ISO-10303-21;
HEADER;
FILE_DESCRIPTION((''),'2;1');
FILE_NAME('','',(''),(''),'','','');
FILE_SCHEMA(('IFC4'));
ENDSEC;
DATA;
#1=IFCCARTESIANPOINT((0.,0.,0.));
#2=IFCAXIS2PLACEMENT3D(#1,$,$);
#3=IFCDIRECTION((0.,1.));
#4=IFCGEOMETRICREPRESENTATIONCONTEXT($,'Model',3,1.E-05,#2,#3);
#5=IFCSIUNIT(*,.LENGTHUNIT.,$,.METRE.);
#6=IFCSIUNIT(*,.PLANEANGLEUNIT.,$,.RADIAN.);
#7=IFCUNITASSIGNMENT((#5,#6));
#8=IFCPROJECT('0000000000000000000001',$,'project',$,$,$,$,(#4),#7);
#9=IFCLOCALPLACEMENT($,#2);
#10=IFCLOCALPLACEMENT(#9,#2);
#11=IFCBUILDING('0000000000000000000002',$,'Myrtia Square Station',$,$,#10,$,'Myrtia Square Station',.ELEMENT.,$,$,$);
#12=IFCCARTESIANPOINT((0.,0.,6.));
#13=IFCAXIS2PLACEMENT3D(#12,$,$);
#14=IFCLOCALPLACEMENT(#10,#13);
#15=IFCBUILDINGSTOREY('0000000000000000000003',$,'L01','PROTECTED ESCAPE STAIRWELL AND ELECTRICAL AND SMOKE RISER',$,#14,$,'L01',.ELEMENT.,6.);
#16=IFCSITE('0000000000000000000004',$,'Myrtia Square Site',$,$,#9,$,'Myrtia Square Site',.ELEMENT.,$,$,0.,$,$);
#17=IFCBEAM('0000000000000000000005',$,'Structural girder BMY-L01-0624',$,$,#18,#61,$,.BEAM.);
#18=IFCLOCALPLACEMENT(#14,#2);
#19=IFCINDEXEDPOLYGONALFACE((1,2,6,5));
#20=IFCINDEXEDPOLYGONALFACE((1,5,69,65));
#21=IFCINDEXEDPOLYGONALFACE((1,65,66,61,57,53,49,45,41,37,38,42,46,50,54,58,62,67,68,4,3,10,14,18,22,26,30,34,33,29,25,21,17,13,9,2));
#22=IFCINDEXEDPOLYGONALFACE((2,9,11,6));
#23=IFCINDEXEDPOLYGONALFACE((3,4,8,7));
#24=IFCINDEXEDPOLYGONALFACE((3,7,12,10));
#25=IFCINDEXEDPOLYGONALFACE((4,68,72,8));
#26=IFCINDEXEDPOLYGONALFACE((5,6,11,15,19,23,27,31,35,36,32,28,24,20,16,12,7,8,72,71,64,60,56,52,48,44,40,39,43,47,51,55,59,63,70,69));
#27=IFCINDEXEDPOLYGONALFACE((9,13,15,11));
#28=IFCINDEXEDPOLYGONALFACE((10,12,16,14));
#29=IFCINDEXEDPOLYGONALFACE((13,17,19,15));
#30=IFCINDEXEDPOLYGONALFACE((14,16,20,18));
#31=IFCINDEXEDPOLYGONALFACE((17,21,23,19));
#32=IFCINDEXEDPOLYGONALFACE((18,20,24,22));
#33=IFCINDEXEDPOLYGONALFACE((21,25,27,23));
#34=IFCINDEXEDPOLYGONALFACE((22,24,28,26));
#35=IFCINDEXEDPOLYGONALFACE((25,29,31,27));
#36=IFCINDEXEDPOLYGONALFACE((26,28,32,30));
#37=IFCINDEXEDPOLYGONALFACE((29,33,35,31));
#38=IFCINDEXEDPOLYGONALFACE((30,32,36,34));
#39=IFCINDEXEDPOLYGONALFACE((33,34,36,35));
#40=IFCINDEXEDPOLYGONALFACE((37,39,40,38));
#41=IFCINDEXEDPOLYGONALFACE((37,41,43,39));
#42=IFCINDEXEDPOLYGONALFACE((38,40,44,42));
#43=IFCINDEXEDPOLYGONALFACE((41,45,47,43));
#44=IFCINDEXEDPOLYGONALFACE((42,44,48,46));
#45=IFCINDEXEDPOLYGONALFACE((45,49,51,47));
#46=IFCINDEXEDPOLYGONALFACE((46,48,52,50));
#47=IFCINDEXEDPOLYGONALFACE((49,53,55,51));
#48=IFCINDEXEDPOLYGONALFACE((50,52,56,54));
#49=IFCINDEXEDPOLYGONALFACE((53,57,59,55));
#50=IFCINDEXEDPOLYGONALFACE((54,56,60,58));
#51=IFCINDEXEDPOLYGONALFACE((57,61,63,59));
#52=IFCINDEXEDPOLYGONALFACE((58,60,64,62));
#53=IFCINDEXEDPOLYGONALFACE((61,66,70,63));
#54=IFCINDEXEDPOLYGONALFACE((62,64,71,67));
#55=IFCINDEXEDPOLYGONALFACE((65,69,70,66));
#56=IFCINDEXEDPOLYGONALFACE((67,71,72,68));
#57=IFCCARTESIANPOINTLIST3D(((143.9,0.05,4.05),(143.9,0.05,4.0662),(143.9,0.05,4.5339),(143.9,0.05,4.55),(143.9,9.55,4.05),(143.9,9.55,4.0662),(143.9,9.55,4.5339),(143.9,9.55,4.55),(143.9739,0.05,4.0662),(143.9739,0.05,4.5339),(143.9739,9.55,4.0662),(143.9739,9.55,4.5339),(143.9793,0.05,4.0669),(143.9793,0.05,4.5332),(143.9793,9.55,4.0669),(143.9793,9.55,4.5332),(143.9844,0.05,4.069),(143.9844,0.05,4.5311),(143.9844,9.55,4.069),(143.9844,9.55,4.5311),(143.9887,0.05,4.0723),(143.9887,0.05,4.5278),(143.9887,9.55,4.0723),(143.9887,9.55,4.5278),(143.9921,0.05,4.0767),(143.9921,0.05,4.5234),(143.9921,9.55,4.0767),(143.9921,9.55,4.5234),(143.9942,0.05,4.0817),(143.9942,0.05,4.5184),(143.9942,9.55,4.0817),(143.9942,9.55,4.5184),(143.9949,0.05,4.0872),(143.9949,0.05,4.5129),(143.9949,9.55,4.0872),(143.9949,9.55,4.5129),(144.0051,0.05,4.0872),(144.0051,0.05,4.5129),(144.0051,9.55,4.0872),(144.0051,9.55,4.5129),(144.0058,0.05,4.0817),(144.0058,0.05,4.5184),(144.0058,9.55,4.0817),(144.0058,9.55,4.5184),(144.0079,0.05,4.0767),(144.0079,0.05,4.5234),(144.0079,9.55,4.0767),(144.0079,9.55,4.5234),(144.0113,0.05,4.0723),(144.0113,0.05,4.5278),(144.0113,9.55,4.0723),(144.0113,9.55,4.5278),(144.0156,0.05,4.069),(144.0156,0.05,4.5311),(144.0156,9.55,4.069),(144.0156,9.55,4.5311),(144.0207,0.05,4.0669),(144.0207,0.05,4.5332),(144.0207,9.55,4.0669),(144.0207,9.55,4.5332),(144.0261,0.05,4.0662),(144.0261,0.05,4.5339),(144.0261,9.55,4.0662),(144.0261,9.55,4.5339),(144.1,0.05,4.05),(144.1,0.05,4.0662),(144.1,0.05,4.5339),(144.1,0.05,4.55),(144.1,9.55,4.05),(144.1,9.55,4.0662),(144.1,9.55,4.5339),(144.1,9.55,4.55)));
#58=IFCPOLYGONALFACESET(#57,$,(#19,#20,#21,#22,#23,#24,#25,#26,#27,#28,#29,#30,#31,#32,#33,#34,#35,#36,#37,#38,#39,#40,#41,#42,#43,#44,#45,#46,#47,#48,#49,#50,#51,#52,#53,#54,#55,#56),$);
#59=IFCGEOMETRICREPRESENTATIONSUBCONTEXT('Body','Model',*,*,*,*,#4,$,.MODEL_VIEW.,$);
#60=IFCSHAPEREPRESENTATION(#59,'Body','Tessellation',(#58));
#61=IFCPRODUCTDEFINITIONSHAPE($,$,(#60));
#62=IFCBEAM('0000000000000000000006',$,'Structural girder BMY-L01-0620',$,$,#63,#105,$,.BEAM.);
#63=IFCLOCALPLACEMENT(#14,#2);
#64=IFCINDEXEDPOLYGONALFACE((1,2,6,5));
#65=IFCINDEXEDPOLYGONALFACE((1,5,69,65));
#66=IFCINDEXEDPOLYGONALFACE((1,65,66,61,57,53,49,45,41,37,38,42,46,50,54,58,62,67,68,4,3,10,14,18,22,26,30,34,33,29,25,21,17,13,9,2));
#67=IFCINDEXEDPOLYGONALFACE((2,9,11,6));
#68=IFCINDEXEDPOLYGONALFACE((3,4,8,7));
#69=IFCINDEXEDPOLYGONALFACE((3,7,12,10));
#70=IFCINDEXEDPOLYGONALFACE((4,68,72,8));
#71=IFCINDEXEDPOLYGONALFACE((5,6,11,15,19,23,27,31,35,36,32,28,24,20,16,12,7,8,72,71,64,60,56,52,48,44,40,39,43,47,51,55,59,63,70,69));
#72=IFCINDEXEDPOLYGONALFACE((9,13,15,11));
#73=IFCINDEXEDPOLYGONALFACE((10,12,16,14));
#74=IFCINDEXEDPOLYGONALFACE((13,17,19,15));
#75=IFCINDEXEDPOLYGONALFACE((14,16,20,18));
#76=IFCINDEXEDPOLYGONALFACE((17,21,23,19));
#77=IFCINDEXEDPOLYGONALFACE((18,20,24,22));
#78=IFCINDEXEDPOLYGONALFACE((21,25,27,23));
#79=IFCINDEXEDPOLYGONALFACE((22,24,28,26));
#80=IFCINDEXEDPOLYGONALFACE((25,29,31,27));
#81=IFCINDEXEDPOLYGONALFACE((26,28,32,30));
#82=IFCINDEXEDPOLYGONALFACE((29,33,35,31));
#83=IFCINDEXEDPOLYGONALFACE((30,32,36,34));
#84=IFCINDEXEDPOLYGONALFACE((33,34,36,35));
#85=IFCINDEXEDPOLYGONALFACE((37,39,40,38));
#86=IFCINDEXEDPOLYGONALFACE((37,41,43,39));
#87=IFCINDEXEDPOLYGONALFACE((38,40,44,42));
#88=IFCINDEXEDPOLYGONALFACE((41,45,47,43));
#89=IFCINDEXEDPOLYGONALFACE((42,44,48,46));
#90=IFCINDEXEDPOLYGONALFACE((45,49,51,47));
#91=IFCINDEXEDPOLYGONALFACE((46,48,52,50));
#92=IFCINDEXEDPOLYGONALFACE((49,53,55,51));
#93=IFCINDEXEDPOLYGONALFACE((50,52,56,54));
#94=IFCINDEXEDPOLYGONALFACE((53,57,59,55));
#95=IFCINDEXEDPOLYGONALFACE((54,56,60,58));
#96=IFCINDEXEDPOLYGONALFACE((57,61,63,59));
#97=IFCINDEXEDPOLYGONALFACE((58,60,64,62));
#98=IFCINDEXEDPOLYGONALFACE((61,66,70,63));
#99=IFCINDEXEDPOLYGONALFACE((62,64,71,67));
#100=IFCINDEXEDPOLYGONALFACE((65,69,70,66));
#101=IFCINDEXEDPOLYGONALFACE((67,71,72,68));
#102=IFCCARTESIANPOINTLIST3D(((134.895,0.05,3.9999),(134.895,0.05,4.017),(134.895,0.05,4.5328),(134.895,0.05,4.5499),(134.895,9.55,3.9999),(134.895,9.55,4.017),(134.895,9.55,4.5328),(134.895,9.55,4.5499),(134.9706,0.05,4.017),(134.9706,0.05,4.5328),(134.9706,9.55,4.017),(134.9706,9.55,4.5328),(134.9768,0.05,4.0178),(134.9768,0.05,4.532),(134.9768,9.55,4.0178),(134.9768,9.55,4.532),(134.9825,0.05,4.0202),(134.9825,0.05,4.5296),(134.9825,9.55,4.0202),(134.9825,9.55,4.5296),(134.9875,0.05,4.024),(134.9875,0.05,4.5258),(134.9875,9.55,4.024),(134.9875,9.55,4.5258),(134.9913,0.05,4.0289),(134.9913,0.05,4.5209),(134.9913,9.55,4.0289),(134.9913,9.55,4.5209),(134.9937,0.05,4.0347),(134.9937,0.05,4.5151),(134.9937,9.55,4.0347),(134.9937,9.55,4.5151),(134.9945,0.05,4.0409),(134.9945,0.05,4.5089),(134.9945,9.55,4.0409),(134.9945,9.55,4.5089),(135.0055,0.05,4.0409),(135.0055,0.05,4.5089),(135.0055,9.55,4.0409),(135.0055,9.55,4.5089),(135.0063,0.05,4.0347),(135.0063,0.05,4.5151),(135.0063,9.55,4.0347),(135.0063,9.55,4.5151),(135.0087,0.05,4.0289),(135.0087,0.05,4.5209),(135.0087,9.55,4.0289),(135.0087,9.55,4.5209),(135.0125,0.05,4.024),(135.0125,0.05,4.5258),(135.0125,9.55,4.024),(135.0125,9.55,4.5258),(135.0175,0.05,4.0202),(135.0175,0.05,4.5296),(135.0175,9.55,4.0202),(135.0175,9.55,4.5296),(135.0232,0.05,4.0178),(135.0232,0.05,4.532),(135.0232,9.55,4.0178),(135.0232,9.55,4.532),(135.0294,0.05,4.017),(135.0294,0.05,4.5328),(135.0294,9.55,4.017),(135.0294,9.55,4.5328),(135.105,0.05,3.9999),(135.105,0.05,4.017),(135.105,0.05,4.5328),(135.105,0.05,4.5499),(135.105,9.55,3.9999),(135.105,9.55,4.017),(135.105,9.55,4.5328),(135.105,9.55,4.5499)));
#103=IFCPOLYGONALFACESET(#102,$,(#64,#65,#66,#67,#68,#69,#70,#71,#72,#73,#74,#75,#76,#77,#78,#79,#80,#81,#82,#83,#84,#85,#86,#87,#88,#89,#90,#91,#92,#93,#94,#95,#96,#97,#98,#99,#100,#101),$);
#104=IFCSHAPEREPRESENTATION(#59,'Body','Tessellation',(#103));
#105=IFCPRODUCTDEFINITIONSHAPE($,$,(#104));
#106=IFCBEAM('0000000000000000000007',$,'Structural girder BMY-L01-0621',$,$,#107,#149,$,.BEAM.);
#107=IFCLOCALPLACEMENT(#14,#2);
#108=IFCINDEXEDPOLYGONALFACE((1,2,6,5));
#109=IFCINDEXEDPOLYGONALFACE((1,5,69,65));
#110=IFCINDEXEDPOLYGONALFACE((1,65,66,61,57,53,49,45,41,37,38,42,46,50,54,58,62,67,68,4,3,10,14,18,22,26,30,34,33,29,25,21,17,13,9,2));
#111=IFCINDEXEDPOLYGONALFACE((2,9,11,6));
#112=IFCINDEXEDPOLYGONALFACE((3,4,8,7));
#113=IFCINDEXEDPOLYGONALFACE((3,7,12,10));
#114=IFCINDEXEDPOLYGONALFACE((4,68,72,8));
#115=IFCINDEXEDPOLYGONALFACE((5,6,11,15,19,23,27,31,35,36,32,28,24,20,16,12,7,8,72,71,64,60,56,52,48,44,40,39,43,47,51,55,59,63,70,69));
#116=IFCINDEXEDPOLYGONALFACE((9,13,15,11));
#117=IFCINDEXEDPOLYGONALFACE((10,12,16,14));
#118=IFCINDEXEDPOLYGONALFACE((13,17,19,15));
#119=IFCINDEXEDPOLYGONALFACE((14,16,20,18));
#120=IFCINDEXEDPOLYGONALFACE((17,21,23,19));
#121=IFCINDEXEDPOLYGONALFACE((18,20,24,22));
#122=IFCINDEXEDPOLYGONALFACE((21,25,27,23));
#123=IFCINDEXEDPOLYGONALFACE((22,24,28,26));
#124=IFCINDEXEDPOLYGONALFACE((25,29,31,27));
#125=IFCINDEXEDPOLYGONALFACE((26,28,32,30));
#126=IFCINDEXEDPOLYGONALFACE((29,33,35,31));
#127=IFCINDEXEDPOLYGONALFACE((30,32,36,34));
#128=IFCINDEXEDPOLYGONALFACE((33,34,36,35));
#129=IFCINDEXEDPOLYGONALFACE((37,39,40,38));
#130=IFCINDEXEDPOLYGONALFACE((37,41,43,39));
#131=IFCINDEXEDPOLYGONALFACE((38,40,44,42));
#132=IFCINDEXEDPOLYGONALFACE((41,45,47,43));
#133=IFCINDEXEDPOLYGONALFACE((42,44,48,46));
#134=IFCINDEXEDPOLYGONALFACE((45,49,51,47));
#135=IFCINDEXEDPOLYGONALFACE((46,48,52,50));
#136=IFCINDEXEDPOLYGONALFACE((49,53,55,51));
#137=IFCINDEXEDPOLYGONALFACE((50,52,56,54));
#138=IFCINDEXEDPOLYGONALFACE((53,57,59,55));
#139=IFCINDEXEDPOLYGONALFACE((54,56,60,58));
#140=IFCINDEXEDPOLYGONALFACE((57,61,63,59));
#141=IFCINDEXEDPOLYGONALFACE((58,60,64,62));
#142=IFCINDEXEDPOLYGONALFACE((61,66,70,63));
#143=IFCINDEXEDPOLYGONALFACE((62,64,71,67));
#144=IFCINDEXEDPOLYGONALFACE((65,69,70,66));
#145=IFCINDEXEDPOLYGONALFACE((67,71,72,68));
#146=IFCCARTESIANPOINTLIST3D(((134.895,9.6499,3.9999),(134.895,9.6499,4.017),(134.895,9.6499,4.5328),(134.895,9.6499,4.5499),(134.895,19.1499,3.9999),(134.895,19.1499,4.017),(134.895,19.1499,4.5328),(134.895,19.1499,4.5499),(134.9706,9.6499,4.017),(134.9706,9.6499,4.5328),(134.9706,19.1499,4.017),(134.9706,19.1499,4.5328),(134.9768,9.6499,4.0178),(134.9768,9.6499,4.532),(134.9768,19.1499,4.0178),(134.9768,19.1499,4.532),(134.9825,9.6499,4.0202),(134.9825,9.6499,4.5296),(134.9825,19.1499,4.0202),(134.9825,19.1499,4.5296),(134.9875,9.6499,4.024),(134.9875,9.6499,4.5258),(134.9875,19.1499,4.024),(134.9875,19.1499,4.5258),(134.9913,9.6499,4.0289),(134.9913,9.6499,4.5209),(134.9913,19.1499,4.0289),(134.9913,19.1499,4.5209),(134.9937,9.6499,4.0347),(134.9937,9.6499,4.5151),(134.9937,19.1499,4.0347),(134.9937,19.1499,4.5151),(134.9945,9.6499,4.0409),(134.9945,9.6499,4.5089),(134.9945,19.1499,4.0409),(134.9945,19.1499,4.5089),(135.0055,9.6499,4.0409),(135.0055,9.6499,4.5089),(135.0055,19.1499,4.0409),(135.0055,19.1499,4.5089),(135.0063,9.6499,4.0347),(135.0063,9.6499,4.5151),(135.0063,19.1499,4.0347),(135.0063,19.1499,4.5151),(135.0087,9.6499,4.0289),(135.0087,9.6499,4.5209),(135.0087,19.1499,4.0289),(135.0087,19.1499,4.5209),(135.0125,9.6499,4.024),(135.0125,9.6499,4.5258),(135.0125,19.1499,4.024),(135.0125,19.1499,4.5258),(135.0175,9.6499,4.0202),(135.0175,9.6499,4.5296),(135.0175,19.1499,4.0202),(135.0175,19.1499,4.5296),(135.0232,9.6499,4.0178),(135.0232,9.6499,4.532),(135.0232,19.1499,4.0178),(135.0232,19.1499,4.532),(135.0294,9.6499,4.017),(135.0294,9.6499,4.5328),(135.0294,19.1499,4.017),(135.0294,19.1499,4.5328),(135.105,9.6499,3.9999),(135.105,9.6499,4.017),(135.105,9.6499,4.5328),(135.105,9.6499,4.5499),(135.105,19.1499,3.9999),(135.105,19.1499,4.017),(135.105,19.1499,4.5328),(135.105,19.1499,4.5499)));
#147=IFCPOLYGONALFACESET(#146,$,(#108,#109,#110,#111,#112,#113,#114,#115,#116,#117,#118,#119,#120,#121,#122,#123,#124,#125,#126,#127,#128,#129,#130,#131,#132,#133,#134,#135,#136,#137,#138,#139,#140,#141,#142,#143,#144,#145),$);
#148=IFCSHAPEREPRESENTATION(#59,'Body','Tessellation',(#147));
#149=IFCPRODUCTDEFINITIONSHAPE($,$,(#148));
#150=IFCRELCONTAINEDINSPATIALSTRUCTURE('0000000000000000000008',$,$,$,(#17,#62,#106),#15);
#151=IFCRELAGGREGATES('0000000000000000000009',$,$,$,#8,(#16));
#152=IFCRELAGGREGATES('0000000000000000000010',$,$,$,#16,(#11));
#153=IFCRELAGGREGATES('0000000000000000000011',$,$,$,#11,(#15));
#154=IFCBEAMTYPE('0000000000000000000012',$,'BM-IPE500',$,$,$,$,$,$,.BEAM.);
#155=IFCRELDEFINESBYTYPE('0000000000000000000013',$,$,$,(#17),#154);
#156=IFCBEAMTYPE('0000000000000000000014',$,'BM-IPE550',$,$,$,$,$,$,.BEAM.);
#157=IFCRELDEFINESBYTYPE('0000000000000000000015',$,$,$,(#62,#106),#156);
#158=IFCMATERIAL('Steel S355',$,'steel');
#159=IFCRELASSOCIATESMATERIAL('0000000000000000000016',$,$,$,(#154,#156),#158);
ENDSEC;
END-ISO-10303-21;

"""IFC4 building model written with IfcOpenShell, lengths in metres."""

from ifc_helpers import new_model, si_unit, direction, frame, origin, origin_2d, place, context, subcontext, project, spatial, i_section, extrude, material, material_profile, profile_set, type_object, element, save


model = new_model("IFC4")

# Units and contexts
model_context = context("Model", 3, precision=1e-05, world=origin(), true_north=direction((0.0, 1.0)))
body_context = subcontext(model_context, "Body", "Model", "MODEL_VIEW")
ifc_project = project(units=[si_unit("LENGTHUNIT", "METRE"), si_unit("PLANEANGLEUNIT", "RADIAN")], contexts=[model_context])

# Site, building, storey
site_placement = place(None, origin())
site = spatial("IfcSite", under=ifc_project, at=site_placement, Name="Myrtia Square Site", LongName="Myrtia Square Site", CompositionType="ELEMENT", RefElevation=0.0)
building_placement = place(site_placement, origin())
building = spatial("IfcBuilding", under=site, at=building_placement, Name="Myrtia Square Station", LongName="Myrtia Square Station", CompositionType="ELEMENT")
storey_placement = place(building_placement, frame((0.0, 0.0, 6.0)))
storey = spatial("IfcBuildingStorey", under=building, at=storey_placement, Name="L01", Description="PROTECTED ESCAPE STAIRWELL AND ELECTRICAL AND SMOKE RISER", LongName="L01", CompositionType="ELEMENT", Elevation=6.0)

# Shared definitions
ifc_material_1 = material(Name="Steel S355", Category="steel")

# Beams
ifc_material_profile_1 = material_profile(ifc_material_1, i_section(OverallWidth=0.2, OverallDepth=0.5, WebThickness=0.0103, FlangeThickness=0.0161, FilletRadius=0.021, at=origin_2d()), Name="IPE 500")
ifc_profile_set_1 = profile_set([ifc_material_profile_1], Name="Steel S355")
beam_type_1 = type_object("IfcBeamType", Name="BM-IPE500", PredefinedType="BEAM", material=ifc_profile_set_1)
beam_1_placement = place(storey_placement, frame((144.0, 0.05, 4.3), z_axis=(0.0, 1.0, 0.0), x_axis=(-1.0, 0.0, 0.0)))
element("IfcBeam", 1, at=beam_1_placement, inside=storey, type_object=beam_type_1, Name="Structural girder BMY-L01-0624", PredefinedType="BEAM", context=body_context, shape_type="SweptSolid", body=[
    extrude(i_section(OverallWidth=0.2, OverallDepth=0.5, WebThickness=0.0103, FlangeThickness=0.0161, FilletRadius=0.021, at=origin_2d()), origin(), (0.0, 0.0, 1.0), 9.5),
])
ifc_material_profile_2 = material_profile(ifc_material_1, i_section(OverallWidth=0.21, OverallDepth=0.55, WebThickness=0.011, FlangeThickness=0.0171, FilletRadius=0.0239, at=origin_2d()), Name="IPE 550")
ifc_profile_set_2 = profile_set([ifc_material_profile_2], Name="Steel S355")
beam_type_2 = type_object("IfcBeamType", Name="BM-IPE550", PredefinedType="BEAM", material=ifc_profile_set_2)
for number, where, z_axis, x_axis, name in (
    (2, (135.0, 0.05, 4.2749), (0.0, 1.0, 0.0), (-1.0, 0.0, 0.0), "Structural girder BMY-L01-0620"),
    (3, (135.0, 9.6499, 4.2749), (0.0, 1.0, 0.0), (-1.0, 0.0, 0.0), "Structural girder BMY-L01-0621"),
):
    element("IfcBeam", number, at=place(storey_placement, frame(where, z_axis=z_axis, x_axis=x_axis)), inside=storey, type_object=beam_type_2, Name=name, PredefinedType="BEAM", context=body_context, shape_type="SweptSolid", body=[
        extrude(i_section(OverallWidth=0.21, OverallDepth=0.55, WebThickness=0.011, FlangeThickness=0.0171, FilletRadius=0.0239, at=origin_2d()), origin(), (0.0, 0.0, 1.0), 9.5),
    ])

save(model, "model.ifc")
